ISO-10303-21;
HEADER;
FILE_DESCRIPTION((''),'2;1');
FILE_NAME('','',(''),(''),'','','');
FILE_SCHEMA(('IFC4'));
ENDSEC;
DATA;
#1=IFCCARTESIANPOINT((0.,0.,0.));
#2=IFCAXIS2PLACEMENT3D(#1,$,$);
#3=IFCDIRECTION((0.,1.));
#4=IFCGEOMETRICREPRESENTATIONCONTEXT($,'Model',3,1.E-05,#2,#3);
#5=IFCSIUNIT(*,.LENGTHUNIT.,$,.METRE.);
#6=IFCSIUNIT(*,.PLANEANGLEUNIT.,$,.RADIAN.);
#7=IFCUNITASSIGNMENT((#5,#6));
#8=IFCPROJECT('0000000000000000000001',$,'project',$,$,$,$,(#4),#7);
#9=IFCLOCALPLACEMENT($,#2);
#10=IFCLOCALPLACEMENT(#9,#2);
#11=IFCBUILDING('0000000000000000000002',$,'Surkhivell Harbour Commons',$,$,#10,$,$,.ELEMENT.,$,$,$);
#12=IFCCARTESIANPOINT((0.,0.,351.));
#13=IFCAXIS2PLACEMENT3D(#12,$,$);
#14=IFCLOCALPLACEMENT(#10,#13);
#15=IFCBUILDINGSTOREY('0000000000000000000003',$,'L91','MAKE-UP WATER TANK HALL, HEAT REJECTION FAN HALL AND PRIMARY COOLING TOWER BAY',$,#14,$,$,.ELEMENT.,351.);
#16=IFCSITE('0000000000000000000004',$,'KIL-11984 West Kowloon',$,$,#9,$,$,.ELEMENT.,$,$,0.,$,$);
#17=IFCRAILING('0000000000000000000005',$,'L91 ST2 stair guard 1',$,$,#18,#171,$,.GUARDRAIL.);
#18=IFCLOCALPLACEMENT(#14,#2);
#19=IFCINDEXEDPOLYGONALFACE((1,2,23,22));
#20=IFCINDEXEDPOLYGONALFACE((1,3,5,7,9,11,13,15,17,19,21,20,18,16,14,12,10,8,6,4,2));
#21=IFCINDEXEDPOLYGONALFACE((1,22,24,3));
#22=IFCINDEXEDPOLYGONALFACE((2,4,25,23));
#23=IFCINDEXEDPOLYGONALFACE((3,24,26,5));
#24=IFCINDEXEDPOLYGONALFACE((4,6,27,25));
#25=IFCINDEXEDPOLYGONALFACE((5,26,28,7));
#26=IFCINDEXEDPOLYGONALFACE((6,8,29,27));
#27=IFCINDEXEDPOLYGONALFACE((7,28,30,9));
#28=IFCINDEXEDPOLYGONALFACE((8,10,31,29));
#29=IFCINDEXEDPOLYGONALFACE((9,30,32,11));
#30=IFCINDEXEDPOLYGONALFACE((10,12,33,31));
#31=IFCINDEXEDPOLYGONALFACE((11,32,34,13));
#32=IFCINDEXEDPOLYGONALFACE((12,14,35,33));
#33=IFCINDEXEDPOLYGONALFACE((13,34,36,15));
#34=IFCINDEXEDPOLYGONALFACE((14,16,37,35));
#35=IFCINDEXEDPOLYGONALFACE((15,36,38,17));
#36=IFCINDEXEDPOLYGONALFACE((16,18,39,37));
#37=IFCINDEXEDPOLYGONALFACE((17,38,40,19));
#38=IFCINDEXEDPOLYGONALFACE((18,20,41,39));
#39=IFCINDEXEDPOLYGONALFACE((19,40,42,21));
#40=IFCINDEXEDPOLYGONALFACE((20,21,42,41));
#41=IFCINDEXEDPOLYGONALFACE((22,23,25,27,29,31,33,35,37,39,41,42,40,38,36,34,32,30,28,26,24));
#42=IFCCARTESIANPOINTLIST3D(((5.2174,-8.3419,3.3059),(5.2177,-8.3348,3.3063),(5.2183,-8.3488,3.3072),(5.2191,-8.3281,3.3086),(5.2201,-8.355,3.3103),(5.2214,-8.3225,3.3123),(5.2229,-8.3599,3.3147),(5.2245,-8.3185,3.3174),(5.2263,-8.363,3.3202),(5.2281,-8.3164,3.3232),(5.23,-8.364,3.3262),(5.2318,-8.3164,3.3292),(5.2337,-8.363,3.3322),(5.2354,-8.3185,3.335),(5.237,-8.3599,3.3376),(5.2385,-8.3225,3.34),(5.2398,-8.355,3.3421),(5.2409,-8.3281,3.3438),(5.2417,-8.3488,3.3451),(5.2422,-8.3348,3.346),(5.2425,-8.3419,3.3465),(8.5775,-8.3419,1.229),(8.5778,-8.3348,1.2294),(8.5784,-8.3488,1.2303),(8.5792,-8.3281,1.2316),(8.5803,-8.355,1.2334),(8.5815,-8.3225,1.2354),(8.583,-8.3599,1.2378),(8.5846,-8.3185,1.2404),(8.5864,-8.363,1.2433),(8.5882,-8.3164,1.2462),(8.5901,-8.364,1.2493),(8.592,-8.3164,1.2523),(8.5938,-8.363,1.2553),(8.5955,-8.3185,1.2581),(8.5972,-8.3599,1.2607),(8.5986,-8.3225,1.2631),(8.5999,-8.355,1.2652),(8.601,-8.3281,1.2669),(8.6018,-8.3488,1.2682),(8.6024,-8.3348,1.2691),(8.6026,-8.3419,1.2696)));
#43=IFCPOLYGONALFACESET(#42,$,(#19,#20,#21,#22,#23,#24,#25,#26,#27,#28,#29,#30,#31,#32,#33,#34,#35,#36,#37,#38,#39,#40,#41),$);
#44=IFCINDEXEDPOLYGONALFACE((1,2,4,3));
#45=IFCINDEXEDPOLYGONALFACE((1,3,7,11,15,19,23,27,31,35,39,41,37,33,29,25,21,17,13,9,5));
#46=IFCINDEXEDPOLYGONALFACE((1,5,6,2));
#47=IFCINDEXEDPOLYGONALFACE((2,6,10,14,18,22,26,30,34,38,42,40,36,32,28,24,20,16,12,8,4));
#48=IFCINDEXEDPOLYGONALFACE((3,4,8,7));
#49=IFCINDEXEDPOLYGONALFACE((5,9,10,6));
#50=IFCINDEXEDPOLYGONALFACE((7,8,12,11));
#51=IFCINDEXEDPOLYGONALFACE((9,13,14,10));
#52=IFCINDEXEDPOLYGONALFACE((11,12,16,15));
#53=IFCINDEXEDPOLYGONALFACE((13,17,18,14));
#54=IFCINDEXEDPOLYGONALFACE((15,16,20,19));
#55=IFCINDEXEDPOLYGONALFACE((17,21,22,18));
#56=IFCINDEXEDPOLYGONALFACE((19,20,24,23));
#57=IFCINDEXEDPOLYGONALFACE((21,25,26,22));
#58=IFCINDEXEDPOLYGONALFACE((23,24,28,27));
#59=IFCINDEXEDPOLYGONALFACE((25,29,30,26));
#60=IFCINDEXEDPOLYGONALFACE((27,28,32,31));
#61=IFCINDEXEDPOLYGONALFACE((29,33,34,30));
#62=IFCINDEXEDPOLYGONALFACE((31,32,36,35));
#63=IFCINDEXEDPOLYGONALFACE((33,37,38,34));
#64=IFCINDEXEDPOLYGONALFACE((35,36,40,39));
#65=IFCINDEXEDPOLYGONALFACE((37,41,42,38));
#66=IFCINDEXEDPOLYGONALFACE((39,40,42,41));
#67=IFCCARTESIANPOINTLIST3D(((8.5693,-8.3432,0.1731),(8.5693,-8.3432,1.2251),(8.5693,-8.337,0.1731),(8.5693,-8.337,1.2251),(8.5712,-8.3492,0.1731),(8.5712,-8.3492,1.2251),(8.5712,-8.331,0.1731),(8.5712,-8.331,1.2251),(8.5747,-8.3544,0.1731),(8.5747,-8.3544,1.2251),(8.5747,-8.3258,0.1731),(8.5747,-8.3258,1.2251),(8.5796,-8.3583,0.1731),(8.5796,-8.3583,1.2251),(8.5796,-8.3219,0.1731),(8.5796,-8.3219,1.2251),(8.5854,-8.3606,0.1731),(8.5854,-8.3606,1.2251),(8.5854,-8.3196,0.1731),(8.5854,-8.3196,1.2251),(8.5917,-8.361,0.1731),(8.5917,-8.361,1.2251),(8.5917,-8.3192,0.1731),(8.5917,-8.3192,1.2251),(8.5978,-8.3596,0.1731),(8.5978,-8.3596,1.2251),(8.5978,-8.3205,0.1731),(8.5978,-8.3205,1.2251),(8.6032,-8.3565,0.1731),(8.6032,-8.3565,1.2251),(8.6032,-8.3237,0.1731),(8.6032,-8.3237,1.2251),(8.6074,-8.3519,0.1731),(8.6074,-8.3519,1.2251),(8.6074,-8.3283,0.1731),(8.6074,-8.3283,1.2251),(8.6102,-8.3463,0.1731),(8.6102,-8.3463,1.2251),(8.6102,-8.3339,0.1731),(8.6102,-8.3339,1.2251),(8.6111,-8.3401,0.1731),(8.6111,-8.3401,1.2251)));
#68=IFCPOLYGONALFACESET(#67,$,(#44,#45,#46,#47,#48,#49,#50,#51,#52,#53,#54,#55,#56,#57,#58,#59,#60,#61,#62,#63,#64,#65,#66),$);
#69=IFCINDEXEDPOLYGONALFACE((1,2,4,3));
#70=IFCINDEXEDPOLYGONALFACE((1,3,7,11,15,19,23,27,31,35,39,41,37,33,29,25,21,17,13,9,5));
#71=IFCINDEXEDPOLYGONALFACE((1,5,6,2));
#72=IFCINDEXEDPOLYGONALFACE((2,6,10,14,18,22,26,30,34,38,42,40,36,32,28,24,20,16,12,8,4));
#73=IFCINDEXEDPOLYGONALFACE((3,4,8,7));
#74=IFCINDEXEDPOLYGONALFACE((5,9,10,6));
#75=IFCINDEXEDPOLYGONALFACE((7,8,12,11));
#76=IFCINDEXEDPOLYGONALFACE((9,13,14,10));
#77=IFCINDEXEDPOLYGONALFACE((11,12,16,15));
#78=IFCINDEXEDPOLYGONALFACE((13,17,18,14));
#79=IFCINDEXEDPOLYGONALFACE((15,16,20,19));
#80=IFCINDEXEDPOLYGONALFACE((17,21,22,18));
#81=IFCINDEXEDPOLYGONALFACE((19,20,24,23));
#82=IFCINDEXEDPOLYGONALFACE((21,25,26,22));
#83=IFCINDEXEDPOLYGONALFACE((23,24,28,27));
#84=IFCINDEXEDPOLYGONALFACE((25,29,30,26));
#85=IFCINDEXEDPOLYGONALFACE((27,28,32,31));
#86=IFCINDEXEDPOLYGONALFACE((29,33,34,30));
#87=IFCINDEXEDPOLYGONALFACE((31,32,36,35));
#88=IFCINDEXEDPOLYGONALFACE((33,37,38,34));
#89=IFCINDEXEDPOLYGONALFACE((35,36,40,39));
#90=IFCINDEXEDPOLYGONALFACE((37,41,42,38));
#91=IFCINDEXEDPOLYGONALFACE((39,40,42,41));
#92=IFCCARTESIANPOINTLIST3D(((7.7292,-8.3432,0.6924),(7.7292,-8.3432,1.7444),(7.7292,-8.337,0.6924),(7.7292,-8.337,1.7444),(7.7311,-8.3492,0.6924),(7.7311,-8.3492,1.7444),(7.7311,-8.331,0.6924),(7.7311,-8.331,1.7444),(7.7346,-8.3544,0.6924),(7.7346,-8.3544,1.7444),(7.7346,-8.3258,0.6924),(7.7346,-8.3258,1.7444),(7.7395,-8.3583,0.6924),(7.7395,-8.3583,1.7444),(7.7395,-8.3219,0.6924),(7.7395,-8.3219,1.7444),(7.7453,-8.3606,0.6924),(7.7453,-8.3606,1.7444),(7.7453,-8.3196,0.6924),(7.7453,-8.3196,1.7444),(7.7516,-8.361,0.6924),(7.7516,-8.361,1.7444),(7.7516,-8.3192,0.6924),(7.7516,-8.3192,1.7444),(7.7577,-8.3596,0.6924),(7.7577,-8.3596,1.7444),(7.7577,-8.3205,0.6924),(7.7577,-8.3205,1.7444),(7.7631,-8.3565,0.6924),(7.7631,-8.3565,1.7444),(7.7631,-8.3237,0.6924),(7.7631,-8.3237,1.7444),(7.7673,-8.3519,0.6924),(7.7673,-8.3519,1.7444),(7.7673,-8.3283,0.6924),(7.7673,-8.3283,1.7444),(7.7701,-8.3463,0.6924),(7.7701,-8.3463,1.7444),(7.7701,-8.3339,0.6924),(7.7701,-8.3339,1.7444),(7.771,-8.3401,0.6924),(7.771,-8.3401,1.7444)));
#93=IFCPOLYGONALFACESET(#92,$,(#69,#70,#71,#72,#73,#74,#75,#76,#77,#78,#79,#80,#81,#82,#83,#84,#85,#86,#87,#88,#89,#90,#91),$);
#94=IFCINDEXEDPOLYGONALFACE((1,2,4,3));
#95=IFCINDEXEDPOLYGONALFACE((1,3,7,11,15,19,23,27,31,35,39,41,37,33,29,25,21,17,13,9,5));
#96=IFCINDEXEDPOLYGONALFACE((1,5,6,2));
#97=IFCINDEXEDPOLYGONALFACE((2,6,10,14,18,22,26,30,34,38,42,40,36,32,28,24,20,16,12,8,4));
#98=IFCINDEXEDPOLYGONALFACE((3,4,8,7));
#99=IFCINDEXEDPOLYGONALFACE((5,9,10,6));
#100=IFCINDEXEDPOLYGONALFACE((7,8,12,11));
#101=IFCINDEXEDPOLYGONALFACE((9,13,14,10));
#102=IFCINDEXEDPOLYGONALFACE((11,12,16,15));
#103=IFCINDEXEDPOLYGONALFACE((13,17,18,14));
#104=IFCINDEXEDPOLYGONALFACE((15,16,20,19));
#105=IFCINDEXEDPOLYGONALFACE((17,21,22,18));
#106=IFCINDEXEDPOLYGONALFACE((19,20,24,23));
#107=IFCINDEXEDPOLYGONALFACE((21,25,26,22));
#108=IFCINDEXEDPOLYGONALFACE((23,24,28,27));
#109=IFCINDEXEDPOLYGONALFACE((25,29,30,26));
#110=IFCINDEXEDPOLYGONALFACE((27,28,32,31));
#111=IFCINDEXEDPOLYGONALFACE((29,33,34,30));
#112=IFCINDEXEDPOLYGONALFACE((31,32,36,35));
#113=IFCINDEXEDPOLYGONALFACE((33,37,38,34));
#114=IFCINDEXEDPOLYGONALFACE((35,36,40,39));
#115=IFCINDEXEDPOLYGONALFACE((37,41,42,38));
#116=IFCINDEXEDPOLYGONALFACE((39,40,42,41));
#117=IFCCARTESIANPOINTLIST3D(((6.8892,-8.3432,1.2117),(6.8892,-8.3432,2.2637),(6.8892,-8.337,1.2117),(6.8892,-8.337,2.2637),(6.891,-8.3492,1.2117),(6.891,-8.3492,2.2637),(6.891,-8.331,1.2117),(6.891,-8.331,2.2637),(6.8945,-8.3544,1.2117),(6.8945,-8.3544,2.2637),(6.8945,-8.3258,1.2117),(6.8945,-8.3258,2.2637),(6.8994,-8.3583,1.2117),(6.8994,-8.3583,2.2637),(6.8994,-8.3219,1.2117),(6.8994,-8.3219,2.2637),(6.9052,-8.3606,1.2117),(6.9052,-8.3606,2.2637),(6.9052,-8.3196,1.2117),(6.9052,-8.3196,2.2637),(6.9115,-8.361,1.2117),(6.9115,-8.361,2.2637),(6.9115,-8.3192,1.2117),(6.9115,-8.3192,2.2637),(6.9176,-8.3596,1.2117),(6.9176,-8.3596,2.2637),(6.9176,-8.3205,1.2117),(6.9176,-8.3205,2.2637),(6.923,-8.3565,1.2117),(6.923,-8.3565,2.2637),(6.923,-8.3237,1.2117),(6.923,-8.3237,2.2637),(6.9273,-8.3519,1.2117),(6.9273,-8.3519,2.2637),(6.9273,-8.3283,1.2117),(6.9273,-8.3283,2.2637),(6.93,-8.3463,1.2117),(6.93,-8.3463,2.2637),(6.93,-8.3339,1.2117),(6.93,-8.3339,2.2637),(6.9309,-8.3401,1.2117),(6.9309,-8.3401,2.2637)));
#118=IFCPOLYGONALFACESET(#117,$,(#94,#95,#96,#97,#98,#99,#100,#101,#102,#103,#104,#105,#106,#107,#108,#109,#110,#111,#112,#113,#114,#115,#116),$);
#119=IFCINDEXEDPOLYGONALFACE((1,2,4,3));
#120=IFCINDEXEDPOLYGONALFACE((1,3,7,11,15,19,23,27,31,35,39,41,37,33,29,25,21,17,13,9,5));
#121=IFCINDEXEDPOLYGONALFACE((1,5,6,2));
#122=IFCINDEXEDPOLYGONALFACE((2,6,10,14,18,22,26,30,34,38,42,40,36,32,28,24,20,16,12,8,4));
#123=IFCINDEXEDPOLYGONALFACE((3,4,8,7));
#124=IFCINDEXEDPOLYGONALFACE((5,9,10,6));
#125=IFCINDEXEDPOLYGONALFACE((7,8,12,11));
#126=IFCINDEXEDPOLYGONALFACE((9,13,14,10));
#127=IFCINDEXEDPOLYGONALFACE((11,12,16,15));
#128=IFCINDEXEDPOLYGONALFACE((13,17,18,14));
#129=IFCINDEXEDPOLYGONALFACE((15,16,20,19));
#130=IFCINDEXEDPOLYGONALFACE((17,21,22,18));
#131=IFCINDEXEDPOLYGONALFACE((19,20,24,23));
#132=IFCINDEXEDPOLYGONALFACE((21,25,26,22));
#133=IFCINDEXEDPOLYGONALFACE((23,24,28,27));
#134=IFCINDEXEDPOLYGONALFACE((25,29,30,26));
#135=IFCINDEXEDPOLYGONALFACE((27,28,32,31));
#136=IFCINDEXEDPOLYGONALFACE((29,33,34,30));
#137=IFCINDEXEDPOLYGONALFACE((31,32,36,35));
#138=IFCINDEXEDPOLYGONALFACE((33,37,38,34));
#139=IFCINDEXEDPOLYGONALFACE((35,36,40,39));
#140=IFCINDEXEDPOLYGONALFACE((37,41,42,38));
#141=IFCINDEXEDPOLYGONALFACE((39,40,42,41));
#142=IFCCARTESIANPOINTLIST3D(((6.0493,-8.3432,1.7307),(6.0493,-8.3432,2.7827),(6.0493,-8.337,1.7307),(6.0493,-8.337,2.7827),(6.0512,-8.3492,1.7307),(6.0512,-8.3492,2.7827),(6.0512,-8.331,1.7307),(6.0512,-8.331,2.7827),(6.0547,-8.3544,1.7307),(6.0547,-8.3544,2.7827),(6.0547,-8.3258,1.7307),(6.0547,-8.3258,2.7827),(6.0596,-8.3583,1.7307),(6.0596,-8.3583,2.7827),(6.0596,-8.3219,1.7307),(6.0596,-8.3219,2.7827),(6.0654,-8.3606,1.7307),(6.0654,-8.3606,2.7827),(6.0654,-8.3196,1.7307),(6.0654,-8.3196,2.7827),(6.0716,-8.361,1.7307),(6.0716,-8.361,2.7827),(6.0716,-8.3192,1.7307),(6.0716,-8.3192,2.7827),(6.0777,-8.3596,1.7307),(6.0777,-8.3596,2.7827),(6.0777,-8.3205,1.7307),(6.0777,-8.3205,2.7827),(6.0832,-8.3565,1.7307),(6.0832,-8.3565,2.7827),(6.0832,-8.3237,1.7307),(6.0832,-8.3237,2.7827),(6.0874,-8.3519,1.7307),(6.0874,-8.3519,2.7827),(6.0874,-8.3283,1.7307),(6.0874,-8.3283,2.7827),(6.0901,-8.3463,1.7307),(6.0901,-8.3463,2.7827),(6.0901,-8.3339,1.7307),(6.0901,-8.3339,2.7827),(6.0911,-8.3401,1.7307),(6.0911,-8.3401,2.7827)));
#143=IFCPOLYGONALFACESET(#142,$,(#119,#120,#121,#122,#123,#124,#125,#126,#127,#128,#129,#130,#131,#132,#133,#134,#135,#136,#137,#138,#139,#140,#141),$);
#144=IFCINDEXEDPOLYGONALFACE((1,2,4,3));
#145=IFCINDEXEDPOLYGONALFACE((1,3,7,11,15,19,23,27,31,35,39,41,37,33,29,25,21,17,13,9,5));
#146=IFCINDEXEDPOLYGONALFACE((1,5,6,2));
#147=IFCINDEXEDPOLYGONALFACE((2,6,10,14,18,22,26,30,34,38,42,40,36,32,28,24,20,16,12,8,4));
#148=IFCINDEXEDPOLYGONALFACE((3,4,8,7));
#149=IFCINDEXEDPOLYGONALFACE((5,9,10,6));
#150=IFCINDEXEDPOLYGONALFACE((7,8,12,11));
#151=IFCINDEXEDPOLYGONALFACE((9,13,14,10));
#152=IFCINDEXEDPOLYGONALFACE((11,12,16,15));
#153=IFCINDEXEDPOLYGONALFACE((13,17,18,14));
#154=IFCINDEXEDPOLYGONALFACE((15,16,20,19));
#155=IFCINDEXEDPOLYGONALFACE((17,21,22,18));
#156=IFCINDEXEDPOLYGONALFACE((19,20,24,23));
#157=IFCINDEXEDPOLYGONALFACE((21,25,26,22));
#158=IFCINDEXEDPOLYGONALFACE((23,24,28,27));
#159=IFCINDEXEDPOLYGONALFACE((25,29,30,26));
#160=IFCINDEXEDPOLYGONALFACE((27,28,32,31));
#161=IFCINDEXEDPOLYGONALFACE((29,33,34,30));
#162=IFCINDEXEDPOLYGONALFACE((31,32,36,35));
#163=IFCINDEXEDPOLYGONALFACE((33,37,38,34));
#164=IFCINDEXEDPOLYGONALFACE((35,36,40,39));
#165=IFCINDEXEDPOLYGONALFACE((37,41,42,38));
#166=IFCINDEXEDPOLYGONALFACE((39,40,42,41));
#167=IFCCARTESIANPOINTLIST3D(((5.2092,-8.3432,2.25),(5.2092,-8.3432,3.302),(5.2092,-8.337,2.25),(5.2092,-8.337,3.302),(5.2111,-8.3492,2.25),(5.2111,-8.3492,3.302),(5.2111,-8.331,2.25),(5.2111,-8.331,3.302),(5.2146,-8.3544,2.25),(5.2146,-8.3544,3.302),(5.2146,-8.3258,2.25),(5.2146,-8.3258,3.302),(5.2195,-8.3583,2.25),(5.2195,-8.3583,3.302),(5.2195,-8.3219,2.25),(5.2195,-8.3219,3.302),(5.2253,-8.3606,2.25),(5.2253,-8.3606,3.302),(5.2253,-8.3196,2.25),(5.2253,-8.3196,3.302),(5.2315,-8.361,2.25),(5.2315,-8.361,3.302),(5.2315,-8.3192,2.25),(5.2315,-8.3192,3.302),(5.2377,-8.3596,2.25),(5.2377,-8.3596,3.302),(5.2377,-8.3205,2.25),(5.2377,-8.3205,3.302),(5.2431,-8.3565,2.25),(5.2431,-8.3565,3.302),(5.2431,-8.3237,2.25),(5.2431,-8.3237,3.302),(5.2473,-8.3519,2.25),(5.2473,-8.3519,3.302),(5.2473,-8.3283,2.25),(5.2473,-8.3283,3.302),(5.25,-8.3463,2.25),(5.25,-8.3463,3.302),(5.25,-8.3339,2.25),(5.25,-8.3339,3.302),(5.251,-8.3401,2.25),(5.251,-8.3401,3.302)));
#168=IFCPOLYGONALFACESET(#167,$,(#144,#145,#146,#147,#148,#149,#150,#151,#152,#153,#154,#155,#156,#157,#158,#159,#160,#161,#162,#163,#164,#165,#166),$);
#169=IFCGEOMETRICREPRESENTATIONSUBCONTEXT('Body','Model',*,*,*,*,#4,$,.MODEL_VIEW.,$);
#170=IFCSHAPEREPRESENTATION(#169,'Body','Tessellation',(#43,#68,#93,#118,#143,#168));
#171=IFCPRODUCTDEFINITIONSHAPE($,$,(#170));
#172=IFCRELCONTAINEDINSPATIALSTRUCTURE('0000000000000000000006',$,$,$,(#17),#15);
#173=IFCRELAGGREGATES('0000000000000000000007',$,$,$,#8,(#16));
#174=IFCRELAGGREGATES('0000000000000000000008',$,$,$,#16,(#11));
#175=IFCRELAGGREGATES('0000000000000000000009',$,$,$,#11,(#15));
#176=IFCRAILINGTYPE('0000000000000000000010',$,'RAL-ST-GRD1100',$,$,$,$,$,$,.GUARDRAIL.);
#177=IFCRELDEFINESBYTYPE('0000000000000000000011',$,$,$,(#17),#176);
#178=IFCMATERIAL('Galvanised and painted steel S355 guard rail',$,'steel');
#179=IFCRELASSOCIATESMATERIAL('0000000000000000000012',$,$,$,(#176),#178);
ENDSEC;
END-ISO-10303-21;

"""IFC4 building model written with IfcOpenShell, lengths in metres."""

from ifc_helpers import new_model, si_unit, direction, frame, origin, origin_2d, place, context, subcontext, project, spatial, circle, extrude, material, type_object, element, save


model = new_model("IFC4")

# Units and contexts
model_context = context("Model", 3, precision=1e-05, world=origin(), true_north=direction((0.0, 1.0)))
body_context = subcontext(model_context, "Body", "Model", "MODEL_VIEW")
ifc_project = project(units=[si_unit("LENGTHUNIT", "METRE"), si_unit("PLANEANGLEUNIT", "RADIAN")], contexts=[model_context])

# Site, building, storey
site_placement = place(None, origin())
site = spatial("IfcSite", under=ifc_project, at=site_placement, Name="KIL-11984 West Kowloon", CompositionType="ELEMENT", RefElevation=0.0)
building_placement = place(site_placement, origin())
building = spatial("IfcBuilding", under=site, at=building_placement, Name="Surkhivell Harbour Commons", CompositionType="ELEMENT")
storey_placement = place(building_placement, frame((0.0, 0.0, 351.0)))
storey = spatial("IfcBuildingStorey", under=building, at=storey_placement, Name="L91", Description="MAKE-UP WATER TANK HALL, HEAT REJECTION FAN HALL AND PRIMARY COOLING TOWER BAY", CompositionType="ELEMENT", Elevation=351.0)

# Railing
ifc_material_1 = material(Name="Galvanised and painted steel S355 guard rail", Category="steel")
railing_type_1 = type_object("IfcRailingType", Name="RAL-ST-GRD1100", PredefinedType="GUARDRAIL", material=ifc_material_1)
railing_1_placement = place(storey_placement, frame((8.5901, -8.3401, 0.1731)))
element("IfcRailing", 1, at=railing_1_placement, inside=storey, type_object=railing_type_1, Name="L91 ST2 stair guard 1", PredefinedType="GUARDRAIL", context=body_context, shape_type="SweptSolid", body=[
    extrude(circle(Radius=0.0239, at=origin_2d()), frame((0.0, 0.0, 1.0762), z_axis=(-0.850623, 0.0, 0.525776), x_axis=(0.0, -1.0, 0.0)), (0.0, 0.0, 1.0), 3.9502),
    extrude(circle(Radius=0.021, at=origin_2d()), origin(), (0.0, 0.0, 1.0), 1.052),
    extrude(circle(Radius=0.021, at=origin_2d()), frame((-0.8401, 0.0, 0.5193)), (0.0, 0.0, 1.0), 1.052),
    extrude(circle(Radius=0.021, at=origin_2d()), frame((-1.6802, 0.0, 1.0386)), (0.0, 0.0, 1.0), 1.052),
    extrude(circle(Radius=0.021, at=origin_2d()), frame((-2.52, 0.0, 1.5576)), (0.0, 0.0, 1.0), 1.052),
    extrude(circle(Radius=0.021, at=origin_2d()), frame((-3.3601, 0.0, 2.0769)), (0.0, 0.0, 1.0), 1.052),
])

save(model, "model.ifc")
